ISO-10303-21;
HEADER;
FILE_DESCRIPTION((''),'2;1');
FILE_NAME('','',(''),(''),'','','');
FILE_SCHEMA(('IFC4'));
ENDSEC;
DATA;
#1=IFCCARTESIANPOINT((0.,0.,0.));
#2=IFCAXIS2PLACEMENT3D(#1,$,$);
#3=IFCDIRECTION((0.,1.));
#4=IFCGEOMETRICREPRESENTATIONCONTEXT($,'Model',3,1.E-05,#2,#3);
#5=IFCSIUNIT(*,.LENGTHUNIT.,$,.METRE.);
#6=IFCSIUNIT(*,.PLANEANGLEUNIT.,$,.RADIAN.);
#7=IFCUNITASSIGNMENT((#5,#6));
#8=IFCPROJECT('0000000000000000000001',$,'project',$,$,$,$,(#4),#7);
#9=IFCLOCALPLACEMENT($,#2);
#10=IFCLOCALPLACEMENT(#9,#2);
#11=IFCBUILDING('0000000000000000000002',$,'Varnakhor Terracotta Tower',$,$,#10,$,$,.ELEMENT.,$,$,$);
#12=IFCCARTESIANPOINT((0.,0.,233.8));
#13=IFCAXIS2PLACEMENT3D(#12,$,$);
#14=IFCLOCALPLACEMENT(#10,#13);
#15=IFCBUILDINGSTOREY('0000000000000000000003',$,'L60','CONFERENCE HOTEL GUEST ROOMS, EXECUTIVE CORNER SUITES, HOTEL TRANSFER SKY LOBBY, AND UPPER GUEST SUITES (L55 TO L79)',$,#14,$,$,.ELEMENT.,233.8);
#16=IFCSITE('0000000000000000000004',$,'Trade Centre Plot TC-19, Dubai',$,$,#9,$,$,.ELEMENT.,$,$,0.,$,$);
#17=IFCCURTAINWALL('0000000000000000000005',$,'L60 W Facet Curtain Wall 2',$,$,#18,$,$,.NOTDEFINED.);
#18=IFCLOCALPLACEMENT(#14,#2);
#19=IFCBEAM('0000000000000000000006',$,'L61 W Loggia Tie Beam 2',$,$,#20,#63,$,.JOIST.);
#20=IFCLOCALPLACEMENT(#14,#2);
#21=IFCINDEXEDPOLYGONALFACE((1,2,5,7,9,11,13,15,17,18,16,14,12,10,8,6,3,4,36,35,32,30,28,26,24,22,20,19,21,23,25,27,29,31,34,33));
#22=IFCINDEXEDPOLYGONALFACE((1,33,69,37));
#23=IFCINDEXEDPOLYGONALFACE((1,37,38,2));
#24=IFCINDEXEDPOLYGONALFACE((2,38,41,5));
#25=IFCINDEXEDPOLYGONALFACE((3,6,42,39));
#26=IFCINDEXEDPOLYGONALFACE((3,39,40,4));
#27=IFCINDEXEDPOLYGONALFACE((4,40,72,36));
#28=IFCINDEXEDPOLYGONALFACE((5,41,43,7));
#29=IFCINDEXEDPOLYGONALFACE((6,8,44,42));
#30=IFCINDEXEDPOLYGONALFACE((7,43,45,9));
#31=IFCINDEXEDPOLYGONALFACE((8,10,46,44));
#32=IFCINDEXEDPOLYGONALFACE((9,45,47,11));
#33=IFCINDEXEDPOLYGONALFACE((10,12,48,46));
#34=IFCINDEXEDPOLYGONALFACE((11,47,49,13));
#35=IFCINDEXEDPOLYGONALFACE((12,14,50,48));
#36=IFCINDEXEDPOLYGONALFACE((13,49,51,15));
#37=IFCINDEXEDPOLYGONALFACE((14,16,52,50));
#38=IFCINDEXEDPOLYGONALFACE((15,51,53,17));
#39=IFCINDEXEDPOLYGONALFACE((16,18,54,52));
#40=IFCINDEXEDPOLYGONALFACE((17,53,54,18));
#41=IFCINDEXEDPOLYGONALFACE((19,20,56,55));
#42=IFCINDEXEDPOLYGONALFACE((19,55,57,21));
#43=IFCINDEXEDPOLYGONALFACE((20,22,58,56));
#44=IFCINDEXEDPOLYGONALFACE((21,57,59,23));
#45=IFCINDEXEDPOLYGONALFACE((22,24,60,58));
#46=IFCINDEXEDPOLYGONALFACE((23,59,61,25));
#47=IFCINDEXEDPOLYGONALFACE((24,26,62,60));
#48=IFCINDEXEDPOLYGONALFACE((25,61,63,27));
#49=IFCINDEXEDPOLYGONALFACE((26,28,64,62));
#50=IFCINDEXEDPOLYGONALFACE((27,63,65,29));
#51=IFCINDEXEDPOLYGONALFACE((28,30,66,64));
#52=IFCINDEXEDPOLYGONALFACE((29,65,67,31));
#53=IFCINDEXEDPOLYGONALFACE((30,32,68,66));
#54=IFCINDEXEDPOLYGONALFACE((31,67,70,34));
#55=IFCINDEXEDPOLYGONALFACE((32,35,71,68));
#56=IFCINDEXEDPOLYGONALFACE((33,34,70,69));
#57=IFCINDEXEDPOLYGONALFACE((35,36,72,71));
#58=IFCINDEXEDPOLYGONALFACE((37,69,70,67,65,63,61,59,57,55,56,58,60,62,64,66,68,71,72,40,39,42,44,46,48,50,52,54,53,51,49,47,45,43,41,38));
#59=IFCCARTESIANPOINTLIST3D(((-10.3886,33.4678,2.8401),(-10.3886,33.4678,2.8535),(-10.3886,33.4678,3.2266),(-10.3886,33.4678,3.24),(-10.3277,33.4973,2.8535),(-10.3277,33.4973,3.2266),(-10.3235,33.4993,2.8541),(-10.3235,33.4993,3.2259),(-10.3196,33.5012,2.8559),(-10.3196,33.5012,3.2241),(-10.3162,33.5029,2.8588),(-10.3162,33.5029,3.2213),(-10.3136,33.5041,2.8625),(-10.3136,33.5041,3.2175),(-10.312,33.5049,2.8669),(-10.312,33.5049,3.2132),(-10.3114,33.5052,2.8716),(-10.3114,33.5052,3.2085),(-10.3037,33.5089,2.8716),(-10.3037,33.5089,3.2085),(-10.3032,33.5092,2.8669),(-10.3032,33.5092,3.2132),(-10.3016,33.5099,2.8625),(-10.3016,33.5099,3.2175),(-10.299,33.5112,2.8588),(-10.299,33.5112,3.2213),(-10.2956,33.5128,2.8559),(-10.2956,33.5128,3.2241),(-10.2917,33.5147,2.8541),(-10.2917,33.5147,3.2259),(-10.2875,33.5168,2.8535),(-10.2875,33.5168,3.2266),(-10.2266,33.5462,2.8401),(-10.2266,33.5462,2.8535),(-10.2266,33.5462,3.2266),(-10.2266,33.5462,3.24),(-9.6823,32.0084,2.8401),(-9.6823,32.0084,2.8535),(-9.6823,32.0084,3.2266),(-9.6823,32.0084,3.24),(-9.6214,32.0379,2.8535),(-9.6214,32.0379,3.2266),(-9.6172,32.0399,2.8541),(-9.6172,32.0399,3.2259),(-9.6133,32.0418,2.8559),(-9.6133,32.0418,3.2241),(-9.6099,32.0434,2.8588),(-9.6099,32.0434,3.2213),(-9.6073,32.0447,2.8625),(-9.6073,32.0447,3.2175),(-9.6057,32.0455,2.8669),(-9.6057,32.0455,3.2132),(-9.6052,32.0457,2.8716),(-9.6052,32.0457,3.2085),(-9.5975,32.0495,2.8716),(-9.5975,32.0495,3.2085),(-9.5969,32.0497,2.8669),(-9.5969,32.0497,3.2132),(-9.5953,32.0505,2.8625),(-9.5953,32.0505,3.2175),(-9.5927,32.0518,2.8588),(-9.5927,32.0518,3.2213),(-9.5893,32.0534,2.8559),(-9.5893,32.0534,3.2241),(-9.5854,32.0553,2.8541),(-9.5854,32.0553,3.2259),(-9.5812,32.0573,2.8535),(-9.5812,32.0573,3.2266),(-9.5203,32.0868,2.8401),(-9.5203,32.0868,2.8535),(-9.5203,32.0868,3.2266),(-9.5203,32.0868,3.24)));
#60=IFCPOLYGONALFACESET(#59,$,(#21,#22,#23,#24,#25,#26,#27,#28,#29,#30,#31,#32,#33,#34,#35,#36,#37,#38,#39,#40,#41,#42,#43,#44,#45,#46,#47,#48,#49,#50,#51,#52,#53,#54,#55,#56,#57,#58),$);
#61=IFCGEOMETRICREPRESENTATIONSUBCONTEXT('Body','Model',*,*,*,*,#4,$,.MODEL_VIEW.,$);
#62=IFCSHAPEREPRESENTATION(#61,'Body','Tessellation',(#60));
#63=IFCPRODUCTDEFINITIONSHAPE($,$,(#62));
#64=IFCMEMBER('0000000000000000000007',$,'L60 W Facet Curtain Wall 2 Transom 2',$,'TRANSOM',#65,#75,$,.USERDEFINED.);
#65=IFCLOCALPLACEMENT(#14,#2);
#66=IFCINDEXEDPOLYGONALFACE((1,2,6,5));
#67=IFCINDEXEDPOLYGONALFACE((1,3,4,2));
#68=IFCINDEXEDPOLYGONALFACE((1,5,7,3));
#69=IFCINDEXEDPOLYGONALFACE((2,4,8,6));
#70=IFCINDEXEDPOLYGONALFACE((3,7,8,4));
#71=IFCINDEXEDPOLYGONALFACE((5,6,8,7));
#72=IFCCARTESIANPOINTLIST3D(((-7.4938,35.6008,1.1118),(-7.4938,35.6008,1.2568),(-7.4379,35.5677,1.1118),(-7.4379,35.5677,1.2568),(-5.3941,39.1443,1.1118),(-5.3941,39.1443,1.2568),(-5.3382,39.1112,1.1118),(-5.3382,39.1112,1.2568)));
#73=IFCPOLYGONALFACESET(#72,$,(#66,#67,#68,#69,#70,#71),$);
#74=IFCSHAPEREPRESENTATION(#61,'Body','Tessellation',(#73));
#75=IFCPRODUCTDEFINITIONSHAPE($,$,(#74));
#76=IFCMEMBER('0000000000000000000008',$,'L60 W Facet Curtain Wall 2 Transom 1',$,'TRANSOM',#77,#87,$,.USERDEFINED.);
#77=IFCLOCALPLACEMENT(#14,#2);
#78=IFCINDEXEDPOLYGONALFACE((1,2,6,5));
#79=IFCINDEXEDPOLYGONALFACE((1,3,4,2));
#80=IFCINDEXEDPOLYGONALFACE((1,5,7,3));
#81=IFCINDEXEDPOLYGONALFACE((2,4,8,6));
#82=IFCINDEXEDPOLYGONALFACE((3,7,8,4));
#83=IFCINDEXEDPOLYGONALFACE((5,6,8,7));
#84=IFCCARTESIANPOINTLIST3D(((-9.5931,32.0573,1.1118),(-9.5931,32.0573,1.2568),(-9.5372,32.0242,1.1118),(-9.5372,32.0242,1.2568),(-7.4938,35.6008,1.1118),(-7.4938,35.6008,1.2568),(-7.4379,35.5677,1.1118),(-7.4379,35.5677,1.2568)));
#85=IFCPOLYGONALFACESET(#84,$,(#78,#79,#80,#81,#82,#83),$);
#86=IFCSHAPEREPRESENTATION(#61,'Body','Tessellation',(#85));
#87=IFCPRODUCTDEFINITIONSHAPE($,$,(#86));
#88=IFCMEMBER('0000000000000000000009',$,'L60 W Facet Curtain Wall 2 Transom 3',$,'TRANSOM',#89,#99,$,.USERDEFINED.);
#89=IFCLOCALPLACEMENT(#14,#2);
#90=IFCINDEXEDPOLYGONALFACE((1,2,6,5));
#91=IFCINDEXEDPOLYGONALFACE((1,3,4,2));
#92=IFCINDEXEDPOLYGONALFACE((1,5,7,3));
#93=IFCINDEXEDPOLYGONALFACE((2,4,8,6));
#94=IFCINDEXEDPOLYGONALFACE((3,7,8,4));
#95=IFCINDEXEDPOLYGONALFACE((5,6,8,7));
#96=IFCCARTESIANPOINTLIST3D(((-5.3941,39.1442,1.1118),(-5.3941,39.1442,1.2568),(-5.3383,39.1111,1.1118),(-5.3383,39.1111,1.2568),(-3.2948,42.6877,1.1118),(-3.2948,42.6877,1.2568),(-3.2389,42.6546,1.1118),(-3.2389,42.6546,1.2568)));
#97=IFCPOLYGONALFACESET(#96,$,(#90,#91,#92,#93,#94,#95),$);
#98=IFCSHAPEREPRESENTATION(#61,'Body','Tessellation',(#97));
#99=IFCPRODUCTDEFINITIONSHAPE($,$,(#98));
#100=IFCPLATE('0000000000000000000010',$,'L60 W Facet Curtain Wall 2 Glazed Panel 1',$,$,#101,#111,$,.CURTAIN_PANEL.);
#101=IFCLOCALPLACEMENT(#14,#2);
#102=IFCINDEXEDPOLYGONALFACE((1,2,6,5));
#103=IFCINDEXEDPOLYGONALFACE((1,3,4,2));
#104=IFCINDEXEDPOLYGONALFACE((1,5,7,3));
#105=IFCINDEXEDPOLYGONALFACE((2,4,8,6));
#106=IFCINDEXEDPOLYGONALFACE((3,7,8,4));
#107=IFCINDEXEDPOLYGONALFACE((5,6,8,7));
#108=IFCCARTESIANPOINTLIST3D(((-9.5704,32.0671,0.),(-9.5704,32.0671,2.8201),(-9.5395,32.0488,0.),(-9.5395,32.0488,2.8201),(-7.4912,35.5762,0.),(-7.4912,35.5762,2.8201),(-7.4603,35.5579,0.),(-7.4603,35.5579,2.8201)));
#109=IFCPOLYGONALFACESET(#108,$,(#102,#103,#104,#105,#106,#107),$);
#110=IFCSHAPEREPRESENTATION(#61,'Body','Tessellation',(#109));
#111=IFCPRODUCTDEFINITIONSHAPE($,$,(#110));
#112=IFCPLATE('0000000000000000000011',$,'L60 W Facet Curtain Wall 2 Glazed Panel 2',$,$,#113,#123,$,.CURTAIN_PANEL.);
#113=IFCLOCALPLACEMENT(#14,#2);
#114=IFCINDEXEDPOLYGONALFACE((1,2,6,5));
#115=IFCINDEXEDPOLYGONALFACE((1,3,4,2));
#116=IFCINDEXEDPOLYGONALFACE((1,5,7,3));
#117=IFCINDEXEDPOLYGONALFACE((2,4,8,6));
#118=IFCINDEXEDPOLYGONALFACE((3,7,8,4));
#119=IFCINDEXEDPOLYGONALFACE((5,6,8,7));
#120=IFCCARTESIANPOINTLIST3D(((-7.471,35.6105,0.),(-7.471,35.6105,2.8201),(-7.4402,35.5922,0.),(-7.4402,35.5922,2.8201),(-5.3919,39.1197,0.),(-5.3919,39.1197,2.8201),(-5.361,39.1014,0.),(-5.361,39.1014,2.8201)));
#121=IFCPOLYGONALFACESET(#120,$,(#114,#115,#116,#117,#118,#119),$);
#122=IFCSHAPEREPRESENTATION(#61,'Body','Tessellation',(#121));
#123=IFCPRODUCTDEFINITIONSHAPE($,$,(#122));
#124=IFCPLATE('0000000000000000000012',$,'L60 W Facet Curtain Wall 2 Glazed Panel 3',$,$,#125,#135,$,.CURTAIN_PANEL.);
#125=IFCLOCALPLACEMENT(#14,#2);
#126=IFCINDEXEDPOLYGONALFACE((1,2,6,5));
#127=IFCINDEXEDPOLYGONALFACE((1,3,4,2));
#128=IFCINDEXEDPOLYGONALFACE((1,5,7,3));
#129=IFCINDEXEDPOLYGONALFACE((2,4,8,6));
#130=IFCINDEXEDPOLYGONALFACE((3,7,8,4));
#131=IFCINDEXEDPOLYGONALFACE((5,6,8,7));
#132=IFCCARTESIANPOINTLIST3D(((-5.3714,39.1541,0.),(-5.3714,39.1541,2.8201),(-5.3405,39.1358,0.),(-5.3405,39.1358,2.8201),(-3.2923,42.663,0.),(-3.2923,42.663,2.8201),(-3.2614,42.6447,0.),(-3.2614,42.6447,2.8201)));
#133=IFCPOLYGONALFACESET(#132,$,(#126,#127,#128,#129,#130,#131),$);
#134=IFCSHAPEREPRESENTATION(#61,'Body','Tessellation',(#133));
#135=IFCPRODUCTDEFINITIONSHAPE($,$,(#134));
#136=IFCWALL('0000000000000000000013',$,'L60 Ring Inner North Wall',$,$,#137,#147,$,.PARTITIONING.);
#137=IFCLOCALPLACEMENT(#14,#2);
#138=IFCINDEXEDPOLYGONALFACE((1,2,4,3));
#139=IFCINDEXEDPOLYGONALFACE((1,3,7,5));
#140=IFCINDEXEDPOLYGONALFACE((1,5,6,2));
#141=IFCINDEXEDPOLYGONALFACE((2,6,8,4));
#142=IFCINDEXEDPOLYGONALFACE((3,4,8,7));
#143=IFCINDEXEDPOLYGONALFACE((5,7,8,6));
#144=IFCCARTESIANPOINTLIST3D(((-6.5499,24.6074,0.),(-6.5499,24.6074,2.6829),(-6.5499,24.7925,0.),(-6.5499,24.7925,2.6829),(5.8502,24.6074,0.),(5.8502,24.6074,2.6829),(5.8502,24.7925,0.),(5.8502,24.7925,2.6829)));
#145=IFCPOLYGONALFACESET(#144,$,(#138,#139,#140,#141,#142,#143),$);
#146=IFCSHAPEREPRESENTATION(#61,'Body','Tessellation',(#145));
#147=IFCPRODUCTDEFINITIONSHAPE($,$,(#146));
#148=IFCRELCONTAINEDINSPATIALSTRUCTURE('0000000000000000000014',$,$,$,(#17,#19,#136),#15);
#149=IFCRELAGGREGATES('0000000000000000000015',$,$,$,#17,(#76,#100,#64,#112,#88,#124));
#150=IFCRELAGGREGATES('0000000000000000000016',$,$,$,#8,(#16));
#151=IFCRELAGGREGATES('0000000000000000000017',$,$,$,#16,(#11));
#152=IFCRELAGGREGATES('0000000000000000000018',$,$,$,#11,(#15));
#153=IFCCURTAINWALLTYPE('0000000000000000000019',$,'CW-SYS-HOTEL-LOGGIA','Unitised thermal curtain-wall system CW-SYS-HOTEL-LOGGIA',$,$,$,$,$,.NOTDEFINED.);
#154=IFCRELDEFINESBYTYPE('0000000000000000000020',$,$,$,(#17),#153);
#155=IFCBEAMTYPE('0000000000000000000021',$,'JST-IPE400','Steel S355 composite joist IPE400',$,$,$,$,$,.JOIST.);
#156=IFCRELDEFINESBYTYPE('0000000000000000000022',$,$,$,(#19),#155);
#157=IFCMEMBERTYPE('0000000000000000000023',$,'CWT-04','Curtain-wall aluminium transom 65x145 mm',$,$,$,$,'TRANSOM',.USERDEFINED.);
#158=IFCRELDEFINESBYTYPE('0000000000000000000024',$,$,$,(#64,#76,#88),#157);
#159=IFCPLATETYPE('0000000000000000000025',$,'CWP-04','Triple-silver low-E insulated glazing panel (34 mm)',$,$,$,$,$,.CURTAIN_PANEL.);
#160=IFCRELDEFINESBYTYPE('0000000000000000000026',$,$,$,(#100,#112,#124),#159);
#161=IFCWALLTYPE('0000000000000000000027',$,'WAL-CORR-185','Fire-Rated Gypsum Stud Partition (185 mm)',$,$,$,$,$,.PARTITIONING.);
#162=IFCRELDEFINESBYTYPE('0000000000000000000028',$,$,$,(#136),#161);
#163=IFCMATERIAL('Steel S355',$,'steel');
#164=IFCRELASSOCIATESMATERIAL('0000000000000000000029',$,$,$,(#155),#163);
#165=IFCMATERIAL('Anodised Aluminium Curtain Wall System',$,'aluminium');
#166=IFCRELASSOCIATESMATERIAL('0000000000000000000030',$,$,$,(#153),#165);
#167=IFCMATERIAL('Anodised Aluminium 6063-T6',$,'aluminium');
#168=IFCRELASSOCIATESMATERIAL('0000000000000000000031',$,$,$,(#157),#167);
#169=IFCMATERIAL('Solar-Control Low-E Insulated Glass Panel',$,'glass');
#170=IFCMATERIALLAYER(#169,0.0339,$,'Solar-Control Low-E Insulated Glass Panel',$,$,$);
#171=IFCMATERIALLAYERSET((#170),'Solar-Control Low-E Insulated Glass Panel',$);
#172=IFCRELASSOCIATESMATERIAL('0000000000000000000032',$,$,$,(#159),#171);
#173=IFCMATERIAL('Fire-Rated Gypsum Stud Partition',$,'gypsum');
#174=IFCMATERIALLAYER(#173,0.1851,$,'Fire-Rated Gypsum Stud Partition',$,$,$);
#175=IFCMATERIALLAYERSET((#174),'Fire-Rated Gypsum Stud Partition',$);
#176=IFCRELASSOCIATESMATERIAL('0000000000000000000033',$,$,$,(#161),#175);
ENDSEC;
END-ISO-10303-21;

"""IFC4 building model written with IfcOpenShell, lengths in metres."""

from ifc_helpers import new_model, si_unit, direction, frame, frame_2d, origin, origin_2d, place, context, subcontext, project, spatial, rectangle, i_section, extrude, source, transform, mapped, material, layer, layer_set, material_profile, profile_set, type_object, element, aggregate, save


model = new_model("IFC4")

# Units and contexts
model_context = context("Model", 3, precision=1e-05, world=origin(), true_north=direction((0.0, 1.0)))
body_context = subcontext(model_context, "Body", "Model", "MODEL_VIEW")
ifc_project = project(units=[si_unit("LENGTHUNIT", "METRE"), si_unit("PLANEANGLEUNIT", "RADIAN")], contexts=[model_context])

# Site, building, storey
site_placement = place(None, origin())
site = spatial("IfcSite", under=ifc_project, at=site_placement, Name="Trade Centre Plot TC-19, Dubai", CompositionType="ELEMENT", RefElevation=0.0)
building_placement = place(site_placement, origin())
building = spatial("IfcBuilding", under=site, at=building_placement, Name="Varnakhor Terracotta Tower", CompositionType="ELEMENT")
storey_placement = place(building_placement, frame((0.0, 0.0, 233.8)))
storey = spatial("IfcBuildingStorey", under=building, at=storey_placement, Name="L60", Description="CONFERENCE HOTEL GUEST ROOMS, EXECUTIVE CORNER SUITES, HOTEL TRANSFER SKY LOBBY, AND UPPER GUEST SUITES (L55 TO L79)", CompositionType="ELEMENT", Elevation=233.8)

# Shared definitions
ifc_material_1 = material(Name="Steel S355", Category="steel")
ifc_material_profile_1 = material_profile(ifc_material_1, i_section(OverallWidth=0.1799, OverallDepth=0.3999, WebThickness=0.0085, FlangeThickness=0.0134, FilletRadius=0.0181, at=origin_2d()), Name="IPE400")
ifc_profile_set_1 = profile_set([ifc_material_profile_1], Name="Steel S355")
beam_type_1 = type_object("IfcBeamType", Name="JST-IPE400", Description="Steel S355 composite joist IPE400", PredefinedType="JOIST", material=ifc_profile_set_1)

# Curtain wall
ifc_material_2 = material(Name="Anodised Aluminium Curtain Wall System", Category="aluminium")
curtain_wall_type = type_object("IfcCurtainWallType", Name="CW-SYS-HOTEL-LOGGIA", Description="Unitised thermal curtain-wall system CW-SYS-HOTEL-LOGGIA", PredefinedType="NOTDEFINED", material=ifc_material_2)
curtain_wall_placement = place(storey_placement, origin())
curtain_wall = element("IfcCurtainWall", 1, at=curtain_wall_placement, inside=storey, type_object=curtain_wall_type, Name="L60 W Facet Curtain Wall 2", PredefinedType="NOTDEFINED")
ifc_material_3 = material(Name="Anodised Aluminium 6063-T6", Category="aluminium")

# Beam
shared_shape_1 = source(origin(), body_context, "Body", "SweptSolid", [
    extrude(i_section(OverallWidth=0.1799, OverallDepth=0.3999, WebThickness=0.0085, FlangeThickness=0.0134, FilletRadius=0.0181, at=origin_2d()), origin(), (0.0, 0.0, 1.0), 1.6213),
])
beam_1_placement = place(storey_placement, frame((-9.6013, 32.0476, 3.04), z_axis=(-0.435612, 0.900134, 0.0), x_axis=(-0.900134, -0.435612, 0.0)))
element("IfcBeam", 2, at=beam_1_placement, inside=storey, type_object=beam_type_1, Name="L61 W Loggia Tie Beam 2", PredefinedType="JOIST", context=body_context, shape_type="MappedRepresentation", body=[
    mapped(shared_shape_1, transform((0.0, 0.0, 0.0), scale=1.0)),
])

# Members
ifc_material_profile_2 = material_profile(ifc_material_3, rectangle(XDim=0.0649, YDim=0.145, at=origin_2d()), Name="ALU TRANSOM 65x145")
ifc_profile_set_2 = profile_set([ifc_material_profile_2], Name="Anodised Aluminium 6063-T6")
member_type_1 = type_object("IfcMemberType", Name="CWT-04", Description="Curtain-wall aluminium transom 65x145 mm", ElementType="TRANSOM", PredefinedType="USERDEFINED", material=ifc_profile_set_2)
shared_shape_2 = source(origin(), body_context, "Body", "SweptSolid", [
    extrude(rectangle(XDim=0.0649, YDim=0.145, at=origin_2d()), origin(), (0.0, 0.0, 1.0), 4.1189),
])
member_1_placement = place(storey_placement, frame((-7.4658, 35.5842, 1.1843), z_axis=(0.509763, 0.860315, 0.0), x_axis=(-0.860315, 0.509763, 0.0)))
member_1 = element("IfcMember", 3, at=member_1_placement, type_object=member_type_1, Name="L60 W Facet Curtain Wall 2 Transom 2", ObjectType="TRANSOM", PredefinedType="USERDEFINED", context=body_context, shape_type="MappedRepresentation", body=[
    mapped(shared_shape_2, transform((0.0, 0.0, 0.0), scale=1.0)),
])
shared_shape_3 = source(origin(), body_context, "Body", "SweptSolid", [
    extrude(rectangle(XDim=0.0649, YDim=0.145, at=origin_2d()), origin(), (0.0, 0.0, 1.0), 4.1187),
])
member_2_placement = place(storey_placement, frame((-9.5652, 32.0408, 1.1843), z_axis=(0.50972, 0.860341, 0.0), x_axis=(-0.860341, 0.50972, 0.0)))
member_2 = element("IfcMember", 4, at=member_2_placement, type_object=member_type_1, Name="L60 W Facet Curtain Wall 2 Transom 1", ObjectType="TRANSOM", PredefinedType="USERDEFINED", context=body_context, shape_type="MappedRepresentation", body=[
    mapped(shared_shape_3, transform((0.0, 0.0, 0.0), scale=1.0)),
])
member_3_placement = place(storey_placement, frame((-5.3662, 39.1277, 1.1843), z_axis=(0.50972, 0.860341, 0.0), x_axis=(-0.860341, 0.50972, 0.0)))
member_3 = element("IfcMember", 5, at=member_3_placement, type_object=member_type_1, Name="L60 W Facet Curtain Wall 2 Transom 3", ObjectType="TRANSOM", PredefinedType="USERDEFINED", context=body_context, shape_type="MappedRepresentation", body=[
    mapped(shared_shape_3, transform((0.0, 0.0, 0.0), scale=1.0)),
])

# Plates
ifc_material_4 = material(Name="Solar-Control Low-E Insulated Glass Panel", Category="glass")
ifc_layer_1 = layer(ifc_material_4, 0.0339, Name="Solar-Control Low-E Insulated Glass Panel")
ifc_layer_set_1 = layer_set([ifc_layer_1], Name="Solar-Control Low-E Insulated Glass Panel")
plate_type = type_object("IfcPlateType", Name="CWP-04", Description="Triple-silver low-E insulated glazing panel (34 mm)", PredefinedType="CURTAIN_PANEL", material=ifc_layer_set_1)
shared_shape_4 = source(origin(), body_context, "Body", "SweptSolid", [
    extrude(rectangle(XDim=4.0789, YDim=0.0359, at=origin_2d()), origin(), (0.0, 0.0, 1.0), 2.8201),
])
plate_1_placement = place(storey_placement, frame((-8.5154, 33.8125, 0.0), z_axis=(0.0, 0.0, 1.0), x_axis=(0.509747, 0.860324, 0.0)))
plate_1 = element("IfcPlate", 6, at=plate_1_placement, type_object=plate_type, Name="L60 W Facet Curtain Wall 2 Glazed Panel 1", PredefinedType="CURTAIN_PANEL", context=body_context, shape_type="MappedRepresentation", body=[
    mapped(shared_shape_4, transform((0.0, 0.0, 0.0), scale=1.0)),
])
plate_2_placement = place(storey_placement, frame((-6.416, 37.356, 0.0), z_axis=(0.0, 0.0, 1.0), x_axis=(0.509747, 0.860324, 0.0)))
plate_2 = element("IfcPlate", 7, at=plate_2_placement, type_object=plate_type, Name="L60 W Facet Curtain Wall 2 Glazed Panel 2", PredefinedType="CURTAIN_PANEL", context=body_context, shape_type="MappedRepresentation", body=[
    mapped(shared_shape_4, transform((0.0, 0.0, 0.0), scale=1.0)),
])
shared_shape_5 = source(origin(), body_context, "Body", "SweptSolid", [
    extrude(rectangle(XDim=4.0786, YDim=0.0359, at=origin_2d()), origin(), (0.0, 0.0, 1.0), 2.8201),
])
plate_3_placement = place(storey_placement, frame((-4.3164, 40.8994, 0.0), z_axis=(0.0, 0.0, 1.0), x_axis=(0.509747, 0.860324, 0.0)))
plate_3 = element("IfcPlate", 8, at=plate_3_placement, type_object=plate_type, Name="L60 W Facet Curtain Wall 2 Glazed Panel 3", PredefinedType="CURTAIN_PANEL", context=body_context, shape_type="MappedRepresentation", body=[
    mapped(shared_shape_5, transform((0.0, 0.0, 0.0), scale=1.0)),
])
aggregate(curtain_wall, [member_2, plate_1, member_1, plate_2, member_3, plate_3])

# Wall
ifc_material_5 = material(Name="Fire-Rated Gypsum Stud Partition", Category="gypsum")
ifc_layer_2 = layer(ifc_material_5, 0.1851, Name="Fire-Rated Gypsum Stud Partition")
ifc_layer_set_2 = layer_set([ifc_layer_2], Name="Fire-Rated Gypsum Stud Partition")
wall_type_1 = type_object("IfcWallType", Name="WAL-CORR-185", Description="Fire-Rated Gypsum Stud Partition (185 mm)", PredefinedType="PARTITIONING", material=ifc_layer_set_2)
wall_1_placement = place(storey_placement, frame((-6.55, 24.7, 0.0), z_axis=(0.0, 0.0, 1.0), x_axis=(1.0, 0.0, 0.0)))
element("IfcWall", 9, at=wall_1_placement, inside=storey, type_object=wall_type_1, Name="L60 Ring Inner North Wall", PredefinedType="PARTITIONING", context=body_context, shape_type="SweptSolid", body=[
    extrude(rectangle(XDim=12.4001, YDim=0.1851, at=frame_2d((6.2002, 0.0))), origin(), (0.0, 0.0, 1.0), 2.6829),
])

save(model, "model.ifc")
